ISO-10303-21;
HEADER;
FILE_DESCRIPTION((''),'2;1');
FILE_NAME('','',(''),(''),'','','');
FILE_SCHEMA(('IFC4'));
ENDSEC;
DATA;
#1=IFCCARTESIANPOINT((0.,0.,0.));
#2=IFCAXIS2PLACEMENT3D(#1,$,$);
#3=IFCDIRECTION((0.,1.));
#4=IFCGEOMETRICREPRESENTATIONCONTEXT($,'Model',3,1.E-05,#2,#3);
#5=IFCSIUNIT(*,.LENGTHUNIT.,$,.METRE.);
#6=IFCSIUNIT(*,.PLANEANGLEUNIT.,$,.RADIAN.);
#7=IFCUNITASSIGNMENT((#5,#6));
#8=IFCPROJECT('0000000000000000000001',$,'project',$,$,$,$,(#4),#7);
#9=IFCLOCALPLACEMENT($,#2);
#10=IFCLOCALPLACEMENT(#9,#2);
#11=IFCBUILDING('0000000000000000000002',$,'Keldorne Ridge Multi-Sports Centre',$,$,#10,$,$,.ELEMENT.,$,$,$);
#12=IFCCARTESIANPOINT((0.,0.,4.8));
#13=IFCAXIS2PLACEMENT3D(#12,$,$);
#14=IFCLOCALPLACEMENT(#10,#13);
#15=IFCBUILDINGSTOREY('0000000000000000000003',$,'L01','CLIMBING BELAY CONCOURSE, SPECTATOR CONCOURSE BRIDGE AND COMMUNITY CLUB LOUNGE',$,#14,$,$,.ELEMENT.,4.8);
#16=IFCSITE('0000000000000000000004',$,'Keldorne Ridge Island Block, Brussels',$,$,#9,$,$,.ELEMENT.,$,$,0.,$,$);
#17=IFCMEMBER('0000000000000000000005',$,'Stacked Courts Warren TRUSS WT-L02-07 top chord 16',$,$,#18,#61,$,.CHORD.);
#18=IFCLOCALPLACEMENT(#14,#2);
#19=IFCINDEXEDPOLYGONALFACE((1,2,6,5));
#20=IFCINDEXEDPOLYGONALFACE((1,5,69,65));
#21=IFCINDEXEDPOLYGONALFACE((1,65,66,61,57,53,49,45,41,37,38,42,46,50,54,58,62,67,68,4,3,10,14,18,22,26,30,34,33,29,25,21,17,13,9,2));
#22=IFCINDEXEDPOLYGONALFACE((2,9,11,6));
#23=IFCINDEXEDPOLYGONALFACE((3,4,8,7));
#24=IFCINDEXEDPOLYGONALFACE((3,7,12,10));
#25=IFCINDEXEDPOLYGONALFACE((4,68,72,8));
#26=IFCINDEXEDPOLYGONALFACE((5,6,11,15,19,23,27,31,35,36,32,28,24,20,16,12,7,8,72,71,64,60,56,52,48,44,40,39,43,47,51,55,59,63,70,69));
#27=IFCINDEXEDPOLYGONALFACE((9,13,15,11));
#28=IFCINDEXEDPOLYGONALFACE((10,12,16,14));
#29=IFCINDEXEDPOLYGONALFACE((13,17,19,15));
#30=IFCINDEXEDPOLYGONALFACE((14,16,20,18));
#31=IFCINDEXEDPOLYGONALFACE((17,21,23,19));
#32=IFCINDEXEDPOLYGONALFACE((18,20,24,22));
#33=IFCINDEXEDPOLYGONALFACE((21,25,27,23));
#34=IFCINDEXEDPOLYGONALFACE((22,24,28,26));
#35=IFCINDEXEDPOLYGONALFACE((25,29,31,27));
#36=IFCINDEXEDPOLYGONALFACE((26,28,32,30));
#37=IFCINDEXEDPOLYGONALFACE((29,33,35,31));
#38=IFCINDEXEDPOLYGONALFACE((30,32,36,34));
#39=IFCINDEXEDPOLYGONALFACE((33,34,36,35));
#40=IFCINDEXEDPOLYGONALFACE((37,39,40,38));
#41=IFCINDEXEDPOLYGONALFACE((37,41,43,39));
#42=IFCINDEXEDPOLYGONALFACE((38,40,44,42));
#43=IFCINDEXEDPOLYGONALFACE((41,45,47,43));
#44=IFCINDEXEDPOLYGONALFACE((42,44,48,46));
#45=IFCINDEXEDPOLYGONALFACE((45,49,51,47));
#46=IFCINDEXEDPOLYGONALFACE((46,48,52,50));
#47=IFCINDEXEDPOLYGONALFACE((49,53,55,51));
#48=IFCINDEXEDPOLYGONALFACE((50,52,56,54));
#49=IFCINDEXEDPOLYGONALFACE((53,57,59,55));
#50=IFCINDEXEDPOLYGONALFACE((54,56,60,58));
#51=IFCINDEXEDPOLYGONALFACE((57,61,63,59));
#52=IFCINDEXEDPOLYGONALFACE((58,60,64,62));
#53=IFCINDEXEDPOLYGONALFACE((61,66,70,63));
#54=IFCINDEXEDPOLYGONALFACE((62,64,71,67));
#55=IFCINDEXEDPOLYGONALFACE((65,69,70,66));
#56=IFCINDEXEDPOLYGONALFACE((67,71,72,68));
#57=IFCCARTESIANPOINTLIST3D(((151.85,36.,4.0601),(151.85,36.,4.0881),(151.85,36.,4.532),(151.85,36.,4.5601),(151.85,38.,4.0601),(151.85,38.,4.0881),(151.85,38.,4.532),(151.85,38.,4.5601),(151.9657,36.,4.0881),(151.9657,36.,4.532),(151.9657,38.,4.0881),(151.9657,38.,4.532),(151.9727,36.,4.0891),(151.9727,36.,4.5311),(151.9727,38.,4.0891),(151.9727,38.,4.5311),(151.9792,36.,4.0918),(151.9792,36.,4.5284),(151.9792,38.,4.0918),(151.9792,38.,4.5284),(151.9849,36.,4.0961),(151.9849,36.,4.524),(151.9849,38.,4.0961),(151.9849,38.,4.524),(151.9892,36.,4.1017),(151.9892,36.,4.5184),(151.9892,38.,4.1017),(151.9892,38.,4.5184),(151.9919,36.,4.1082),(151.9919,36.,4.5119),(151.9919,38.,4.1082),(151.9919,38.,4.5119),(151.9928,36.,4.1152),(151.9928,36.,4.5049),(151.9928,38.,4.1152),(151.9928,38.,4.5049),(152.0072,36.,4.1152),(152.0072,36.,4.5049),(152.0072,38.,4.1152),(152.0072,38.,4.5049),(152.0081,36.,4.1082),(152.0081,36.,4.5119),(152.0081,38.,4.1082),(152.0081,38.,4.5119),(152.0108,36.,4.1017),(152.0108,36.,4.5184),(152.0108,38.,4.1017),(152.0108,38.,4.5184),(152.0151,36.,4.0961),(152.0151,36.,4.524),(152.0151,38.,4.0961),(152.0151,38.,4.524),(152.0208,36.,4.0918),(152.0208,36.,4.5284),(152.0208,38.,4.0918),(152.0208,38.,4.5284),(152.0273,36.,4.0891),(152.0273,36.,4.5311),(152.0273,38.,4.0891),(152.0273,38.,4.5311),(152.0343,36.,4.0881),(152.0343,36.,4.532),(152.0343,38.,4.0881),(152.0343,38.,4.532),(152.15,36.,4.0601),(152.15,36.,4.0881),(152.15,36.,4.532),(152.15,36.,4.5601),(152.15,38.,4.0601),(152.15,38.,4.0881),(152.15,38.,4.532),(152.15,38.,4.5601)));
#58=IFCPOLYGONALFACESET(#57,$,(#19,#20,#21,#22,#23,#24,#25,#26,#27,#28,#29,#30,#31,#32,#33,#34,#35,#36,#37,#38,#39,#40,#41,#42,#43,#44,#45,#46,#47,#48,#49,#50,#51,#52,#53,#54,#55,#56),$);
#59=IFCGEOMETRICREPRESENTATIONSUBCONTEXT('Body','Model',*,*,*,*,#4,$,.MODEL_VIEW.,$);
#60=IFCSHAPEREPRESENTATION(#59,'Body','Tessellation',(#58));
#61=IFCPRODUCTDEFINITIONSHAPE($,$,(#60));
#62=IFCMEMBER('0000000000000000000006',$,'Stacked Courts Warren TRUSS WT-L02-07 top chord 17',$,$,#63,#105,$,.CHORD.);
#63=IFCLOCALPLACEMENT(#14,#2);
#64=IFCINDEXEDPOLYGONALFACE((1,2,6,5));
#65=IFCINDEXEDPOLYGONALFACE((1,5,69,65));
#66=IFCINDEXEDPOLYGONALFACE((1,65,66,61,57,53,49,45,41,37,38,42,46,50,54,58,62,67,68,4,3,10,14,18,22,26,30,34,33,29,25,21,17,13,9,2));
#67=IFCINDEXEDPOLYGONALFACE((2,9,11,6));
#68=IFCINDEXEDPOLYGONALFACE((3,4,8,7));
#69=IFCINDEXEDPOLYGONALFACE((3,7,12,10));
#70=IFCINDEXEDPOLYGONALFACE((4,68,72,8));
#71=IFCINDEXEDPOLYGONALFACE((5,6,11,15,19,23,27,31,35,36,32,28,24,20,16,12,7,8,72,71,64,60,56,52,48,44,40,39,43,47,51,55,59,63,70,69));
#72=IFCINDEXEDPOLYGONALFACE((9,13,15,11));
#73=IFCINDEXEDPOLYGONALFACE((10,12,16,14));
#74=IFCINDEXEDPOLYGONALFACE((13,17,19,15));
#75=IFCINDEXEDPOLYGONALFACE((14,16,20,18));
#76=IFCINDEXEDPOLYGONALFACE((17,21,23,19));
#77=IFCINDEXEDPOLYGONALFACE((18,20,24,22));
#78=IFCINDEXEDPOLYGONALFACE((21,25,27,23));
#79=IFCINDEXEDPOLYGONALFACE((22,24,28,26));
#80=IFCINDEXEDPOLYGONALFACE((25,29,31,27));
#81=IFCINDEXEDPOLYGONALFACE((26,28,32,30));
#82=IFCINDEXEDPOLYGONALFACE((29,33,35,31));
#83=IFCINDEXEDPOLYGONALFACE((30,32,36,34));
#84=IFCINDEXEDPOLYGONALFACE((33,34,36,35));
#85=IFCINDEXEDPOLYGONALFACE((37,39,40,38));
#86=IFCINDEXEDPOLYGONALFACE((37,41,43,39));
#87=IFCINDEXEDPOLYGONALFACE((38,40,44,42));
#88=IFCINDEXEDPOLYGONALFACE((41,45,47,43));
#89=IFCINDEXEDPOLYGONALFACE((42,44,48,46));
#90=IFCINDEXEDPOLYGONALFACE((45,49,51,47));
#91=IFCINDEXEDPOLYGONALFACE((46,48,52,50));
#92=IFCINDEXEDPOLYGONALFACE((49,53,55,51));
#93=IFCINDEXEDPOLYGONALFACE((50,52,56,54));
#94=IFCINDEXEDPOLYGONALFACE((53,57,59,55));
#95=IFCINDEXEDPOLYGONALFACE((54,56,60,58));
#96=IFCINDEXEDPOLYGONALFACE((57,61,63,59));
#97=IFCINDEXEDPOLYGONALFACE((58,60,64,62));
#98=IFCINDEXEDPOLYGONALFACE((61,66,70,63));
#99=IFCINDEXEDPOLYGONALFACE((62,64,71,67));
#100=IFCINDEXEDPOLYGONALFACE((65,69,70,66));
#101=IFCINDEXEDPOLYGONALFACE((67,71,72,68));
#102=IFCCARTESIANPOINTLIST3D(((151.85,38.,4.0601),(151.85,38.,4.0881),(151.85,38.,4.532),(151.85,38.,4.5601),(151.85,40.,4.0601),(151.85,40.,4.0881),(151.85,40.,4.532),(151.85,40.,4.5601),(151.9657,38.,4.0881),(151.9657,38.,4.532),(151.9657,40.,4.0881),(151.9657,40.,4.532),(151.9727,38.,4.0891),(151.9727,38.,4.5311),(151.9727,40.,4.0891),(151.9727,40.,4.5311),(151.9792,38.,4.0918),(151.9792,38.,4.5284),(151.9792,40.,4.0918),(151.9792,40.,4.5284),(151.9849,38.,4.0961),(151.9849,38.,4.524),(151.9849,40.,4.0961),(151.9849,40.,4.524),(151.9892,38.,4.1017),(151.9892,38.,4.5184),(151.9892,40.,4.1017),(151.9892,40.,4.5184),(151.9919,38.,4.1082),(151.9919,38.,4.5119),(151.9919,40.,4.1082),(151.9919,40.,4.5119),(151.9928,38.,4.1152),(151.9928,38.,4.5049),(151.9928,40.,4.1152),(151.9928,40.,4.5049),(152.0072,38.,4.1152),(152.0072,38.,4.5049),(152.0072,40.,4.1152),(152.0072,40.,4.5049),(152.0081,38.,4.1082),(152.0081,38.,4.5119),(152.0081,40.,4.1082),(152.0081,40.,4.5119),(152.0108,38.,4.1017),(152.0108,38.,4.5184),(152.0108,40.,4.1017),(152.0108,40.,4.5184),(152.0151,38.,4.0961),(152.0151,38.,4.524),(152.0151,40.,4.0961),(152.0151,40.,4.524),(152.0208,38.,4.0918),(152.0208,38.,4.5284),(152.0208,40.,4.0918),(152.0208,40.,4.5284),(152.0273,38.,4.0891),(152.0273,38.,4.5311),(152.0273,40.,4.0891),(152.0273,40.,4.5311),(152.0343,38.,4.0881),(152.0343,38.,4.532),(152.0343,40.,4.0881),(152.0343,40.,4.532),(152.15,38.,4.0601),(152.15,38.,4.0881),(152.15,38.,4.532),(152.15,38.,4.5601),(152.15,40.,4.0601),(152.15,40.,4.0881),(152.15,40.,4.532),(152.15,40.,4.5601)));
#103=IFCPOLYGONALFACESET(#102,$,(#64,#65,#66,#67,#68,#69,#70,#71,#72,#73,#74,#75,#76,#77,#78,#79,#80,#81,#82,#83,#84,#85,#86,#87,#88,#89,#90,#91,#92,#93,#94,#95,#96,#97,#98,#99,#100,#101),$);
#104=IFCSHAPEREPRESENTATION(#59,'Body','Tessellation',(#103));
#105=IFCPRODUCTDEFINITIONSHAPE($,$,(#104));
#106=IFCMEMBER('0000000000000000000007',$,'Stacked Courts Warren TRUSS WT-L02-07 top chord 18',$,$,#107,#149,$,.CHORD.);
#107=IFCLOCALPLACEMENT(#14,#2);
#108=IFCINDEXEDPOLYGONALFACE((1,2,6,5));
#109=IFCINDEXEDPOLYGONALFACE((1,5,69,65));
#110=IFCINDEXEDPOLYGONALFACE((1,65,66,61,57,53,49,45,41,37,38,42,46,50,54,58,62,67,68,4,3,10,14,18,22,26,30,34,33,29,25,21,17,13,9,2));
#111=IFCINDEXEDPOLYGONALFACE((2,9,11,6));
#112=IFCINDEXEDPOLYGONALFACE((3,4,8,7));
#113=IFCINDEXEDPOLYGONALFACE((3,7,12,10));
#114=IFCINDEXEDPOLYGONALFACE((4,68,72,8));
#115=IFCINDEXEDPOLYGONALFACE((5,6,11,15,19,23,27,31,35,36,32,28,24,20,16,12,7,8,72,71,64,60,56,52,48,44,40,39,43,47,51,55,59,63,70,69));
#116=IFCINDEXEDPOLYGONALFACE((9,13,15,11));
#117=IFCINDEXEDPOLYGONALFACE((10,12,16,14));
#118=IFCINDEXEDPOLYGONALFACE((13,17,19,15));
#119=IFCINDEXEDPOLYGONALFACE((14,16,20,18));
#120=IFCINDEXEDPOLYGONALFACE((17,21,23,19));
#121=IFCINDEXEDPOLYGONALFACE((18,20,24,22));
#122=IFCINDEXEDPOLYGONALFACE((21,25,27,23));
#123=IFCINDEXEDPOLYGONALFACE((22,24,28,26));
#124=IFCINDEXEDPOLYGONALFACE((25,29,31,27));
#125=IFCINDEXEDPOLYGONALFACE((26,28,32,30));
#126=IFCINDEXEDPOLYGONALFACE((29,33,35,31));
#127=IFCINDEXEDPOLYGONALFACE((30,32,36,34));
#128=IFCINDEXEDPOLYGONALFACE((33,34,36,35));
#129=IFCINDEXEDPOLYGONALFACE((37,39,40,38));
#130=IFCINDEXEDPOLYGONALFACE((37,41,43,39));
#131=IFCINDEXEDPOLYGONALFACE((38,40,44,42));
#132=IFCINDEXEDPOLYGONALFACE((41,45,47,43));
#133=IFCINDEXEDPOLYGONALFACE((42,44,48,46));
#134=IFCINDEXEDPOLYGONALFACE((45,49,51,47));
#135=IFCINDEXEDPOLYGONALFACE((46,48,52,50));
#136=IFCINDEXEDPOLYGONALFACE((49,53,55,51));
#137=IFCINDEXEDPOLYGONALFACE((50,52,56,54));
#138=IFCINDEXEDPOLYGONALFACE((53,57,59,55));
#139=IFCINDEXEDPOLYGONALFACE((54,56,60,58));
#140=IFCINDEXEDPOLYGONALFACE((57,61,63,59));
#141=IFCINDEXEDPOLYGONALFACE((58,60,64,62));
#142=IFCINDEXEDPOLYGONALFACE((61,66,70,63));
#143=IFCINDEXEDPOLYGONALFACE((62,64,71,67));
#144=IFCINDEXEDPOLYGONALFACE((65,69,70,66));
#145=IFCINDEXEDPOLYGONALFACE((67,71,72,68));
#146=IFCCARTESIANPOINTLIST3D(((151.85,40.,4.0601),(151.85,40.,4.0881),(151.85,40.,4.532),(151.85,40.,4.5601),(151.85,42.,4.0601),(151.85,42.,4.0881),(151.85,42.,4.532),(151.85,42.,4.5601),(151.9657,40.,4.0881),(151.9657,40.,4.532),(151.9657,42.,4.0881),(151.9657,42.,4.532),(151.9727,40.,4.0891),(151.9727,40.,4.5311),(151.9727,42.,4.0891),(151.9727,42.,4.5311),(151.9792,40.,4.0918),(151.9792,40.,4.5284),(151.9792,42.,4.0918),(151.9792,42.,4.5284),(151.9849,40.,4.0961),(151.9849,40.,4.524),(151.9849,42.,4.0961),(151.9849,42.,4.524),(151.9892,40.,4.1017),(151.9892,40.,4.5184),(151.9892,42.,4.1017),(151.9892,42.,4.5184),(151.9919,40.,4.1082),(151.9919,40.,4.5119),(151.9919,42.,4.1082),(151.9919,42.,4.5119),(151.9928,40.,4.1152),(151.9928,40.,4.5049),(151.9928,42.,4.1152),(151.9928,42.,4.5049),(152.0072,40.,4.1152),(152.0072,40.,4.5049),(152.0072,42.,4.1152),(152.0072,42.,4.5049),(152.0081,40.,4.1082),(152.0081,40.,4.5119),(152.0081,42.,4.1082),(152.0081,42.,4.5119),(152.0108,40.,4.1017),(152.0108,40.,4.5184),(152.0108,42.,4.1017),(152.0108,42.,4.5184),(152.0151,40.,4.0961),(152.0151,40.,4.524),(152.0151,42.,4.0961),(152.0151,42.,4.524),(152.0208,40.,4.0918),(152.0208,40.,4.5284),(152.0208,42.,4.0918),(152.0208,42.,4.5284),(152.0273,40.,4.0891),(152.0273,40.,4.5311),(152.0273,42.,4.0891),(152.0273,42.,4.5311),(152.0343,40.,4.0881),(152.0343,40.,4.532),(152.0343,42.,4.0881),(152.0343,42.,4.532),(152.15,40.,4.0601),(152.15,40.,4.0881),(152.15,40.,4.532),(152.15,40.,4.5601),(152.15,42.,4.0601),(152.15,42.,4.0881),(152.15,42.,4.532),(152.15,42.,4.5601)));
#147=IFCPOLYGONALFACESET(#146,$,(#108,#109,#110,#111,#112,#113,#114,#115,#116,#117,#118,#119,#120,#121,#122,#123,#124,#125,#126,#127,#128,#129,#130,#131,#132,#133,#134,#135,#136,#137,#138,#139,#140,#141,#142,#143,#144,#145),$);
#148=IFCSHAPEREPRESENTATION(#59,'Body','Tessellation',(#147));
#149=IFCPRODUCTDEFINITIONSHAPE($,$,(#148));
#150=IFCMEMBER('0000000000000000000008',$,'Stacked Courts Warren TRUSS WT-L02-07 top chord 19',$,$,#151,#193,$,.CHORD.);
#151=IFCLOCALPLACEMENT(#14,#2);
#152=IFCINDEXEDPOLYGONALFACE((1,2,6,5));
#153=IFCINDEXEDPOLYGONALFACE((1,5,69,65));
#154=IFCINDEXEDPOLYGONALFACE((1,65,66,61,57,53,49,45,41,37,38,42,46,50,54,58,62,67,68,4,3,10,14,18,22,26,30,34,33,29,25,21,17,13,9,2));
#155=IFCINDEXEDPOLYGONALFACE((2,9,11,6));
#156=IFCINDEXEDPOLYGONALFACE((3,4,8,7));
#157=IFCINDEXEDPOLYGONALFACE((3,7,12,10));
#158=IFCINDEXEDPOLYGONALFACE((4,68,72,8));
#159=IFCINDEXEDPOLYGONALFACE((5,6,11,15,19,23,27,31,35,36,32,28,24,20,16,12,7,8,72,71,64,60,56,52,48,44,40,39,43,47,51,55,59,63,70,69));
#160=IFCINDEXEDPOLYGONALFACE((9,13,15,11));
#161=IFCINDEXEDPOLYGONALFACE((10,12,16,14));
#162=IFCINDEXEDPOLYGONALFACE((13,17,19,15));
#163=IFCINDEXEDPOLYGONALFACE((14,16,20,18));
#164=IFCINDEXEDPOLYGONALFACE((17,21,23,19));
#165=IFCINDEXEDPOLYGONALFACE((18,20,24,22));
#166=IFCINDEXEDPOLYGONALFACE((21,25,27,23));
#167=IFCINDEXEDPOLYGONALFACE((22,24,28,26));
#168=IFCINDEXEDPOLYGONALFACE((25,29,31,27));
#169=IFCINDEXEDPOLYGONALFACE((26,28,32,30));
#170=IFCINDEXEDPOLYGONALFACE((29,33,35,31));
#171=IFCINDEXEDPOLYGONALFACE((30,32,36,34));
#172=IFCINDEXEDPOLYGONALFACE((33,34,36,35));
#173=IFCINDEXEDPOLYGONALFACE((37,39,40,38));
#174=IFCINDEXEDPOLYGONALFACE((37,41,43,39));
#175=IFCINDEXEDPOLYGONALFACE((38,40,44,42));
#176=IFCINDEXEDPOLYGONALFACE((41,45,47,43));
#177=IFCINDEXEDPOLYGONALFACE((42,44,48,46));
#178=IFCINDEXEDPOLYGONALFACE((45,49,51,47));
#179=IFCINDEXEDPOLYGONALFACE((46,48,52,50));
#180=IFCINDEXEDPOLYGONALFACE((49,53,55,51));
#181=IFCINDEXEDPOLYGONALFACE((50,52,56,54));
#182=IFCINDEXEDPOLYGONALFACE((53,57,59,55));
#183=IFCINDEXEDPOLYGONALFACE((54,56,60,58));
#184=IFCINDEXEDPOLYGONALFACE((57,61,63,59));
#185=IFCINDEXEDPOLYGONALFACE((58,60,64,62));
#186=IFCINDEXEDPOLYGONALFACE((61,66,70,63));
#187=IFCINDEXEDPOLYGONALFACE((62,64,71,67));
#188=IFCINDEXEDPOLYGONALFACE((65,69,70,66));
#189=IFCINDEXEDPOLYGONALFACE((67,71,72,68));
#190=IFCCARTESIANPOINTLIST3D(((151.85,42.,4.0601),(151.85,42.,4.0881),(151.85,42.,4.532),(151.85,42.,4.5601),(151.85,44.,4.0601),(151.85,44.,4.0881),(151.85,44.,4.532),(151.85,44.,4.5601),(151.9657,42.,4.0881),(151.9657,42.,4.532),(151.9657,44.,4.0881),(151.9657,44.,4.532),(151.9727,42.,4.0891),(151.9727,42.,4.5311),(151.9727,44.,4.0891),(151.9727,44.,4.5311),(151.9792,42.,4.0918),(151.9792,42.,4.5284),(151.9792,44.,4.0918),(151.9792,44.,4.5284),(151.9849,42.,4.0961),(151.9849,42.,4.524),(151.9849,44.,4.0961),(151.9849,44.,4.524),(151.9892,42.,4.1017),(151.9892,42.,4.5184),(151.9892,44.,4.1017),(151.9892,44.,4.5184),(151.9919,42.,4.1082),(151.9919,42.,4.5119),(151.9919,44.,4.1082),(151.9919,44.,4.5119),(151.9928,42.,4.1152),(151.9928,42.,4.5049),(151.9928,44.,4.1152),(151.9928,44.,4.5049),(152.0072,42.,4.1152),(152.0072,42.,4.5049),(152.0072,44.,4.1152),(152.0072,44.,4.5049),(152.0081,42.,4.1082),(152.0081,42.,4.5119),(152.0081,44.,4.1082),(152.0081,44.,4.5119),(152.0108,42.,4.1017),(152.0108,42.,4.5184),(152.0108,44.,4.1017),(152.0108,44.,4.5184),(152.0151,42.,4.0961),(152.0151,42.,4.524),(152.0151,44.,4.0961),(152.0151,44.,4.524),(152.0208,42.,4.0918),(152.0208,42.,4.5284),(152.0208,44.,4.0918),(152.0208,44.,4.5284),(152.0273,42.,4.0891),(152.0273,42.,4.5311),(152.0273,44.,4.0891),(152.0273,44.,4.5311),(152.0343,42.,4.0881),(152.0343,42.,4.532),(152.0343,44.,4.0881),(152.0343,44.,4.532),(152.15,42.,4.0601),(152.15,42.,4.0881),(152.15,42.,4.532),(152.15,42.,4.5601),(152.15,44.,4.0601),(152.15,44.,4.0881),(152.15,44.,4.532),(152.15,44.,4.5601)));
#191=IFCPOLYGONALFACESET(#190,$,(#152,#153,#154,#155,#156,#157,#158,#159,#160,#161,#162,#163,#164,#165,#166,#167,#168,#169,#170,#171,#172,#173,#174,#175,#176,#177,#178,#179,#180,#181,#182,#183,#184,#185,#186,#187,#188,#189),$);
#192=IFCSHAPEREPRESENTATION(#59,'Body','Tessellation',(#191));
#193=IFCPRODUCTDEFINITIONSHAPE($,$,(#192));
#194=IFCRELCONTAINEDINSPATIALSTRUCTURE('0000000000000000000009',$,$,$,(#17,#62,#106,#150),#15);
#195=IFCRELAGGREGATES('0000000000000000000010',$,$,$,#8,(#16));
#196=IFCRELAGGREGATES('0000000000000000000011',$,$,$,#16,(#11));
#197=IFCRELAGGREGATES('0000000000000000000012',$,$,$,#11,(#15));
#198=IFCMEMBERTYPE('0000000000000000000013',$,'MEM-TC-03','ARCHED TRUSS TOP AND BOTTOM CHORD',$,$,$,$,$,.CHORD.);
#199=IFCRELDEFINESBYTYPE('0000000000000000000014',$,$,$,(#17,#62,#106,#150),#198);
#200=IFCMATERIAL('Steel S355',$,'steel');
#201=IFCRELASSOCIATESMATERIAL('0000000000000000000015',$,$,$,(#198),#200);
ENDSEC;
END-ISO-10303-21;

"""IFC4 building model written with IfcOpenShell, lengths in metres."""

from ifc_helpers import new_model, si_unit, direction, frame, origin, origin_2d, place, context, subcontext, project, spatial, i_section, extrude, material, material_profile, profile_set, type_object, element, save


model = new_model("IFC4")

# Units and contexts
model_context = context("Model", 3, precision=1e-05, world=origin(), true_north=direction((0.0, 1.0)))
body_context = subcontext(model_context, "Body", "Model", "MODEL_VIEW")
ifc_project = project(units=[si_unit("LENGTHUNIT", "METRE"), si_unit("PLANEANGLEUNIT", "RADIAN")], contexts=[model_context])

# Site, building, storey
site_placement = place(None, origin())
site = spatial("IfcSite", under=ifc_project, at=site_placement, Name="Keldorne Ridge Island Block, Brussels", CompositionType="ELEMENT", RefElevation=0.0)
building_placement = place(site_placement, origin())
building = spatial("IfcBuilding", under=site, at=building_placement, Name="Keldorne Ridge Multi-Sports Centre", CompositionType="ELEMENT")
storey_placement = place(building_placement, frame((0.0, 0.0, 4.8)))
storey = spatial("IfcBuildingStorey", under=building, at=storey_placement, Name="L01", Description="CLIMBING BELAY CONCOURSE, SPECTATOR CONCOURSE BRIDGE AND COMMUNITY CLUB LOUNGE", CompositionType="ELEMENT", Elevation=4.8)

# Members
ifc_material = material(Name="Steel S355", Category="steel")
ifc_material_profile_1 = material_profile(ifc_material, i_section(OverallWidth=0.3, OverallDepth=0.5, WebThickness=0.0144, FlangeThickness=0.0281, FilletRadius=0.0271, at=origin_2d()), Name="HEB 500")
ifc_profile_set_1 = profile_set([ifc_material_profile_1], Name="Steel S355")
member_type_1 = type_object("IfcMemberType", Name="MEM-TC-03", Description="ARCHED TRUSS TOP AND BOTTOM CHORD", PredefinedType="CHORD", material=ifc_profile_set_1)
for number, where, z_axis, x_axis, name in (
    (1, (152.0, 36.0, 4.3101), (0.0, 1.0, 0.0), (-1.0, 0.0, 0.0), "Stacked Courts Warren TRUSS WT-L02-07 top chord 16"),
    (2, (152.0, 38.0, 4.3101), (0.0, 1.0, 0.0), (-1.0, 0.0, 0.0), "Stacked Courts Warren TRUSS WT-L02-07 top chord 17"),
    (3, (152.0, 40.0, 4.3101), (0.0, 1.0, 0.0), (-1.0, 0.0, 0.0), "Stacked Courts Warren TRUSS WT-L02-07 top chord 18"),
    (4, (152.0, 42.0, 4.3101), (0.0, 1.0, 0.0), (-1.0, 0.0, 0.0), "Stacked Courts Warren TRUSS WT-L02-07 top chord 19"),
):
    element("IfcMember", number, at=place(storey_placement, frame(where, z_axis=z_axis, x_axis=x_axis)), inside=storey, type_object=member_type_1, Name=name, PredefinedType="CHORD", context=body_context, shape_type="SweptSolid", body=[
        extrude(i_section(OverallWidth=0.3, OverallDepth=0.5, WebThickness=0.0144, FlangeThickness=0.0281, FilletRadius=0.0271, at=origin_2d()), origin(), (0.0, 0.0, 1.0), 2.0),
    ])

save(model, "model.ifc")
